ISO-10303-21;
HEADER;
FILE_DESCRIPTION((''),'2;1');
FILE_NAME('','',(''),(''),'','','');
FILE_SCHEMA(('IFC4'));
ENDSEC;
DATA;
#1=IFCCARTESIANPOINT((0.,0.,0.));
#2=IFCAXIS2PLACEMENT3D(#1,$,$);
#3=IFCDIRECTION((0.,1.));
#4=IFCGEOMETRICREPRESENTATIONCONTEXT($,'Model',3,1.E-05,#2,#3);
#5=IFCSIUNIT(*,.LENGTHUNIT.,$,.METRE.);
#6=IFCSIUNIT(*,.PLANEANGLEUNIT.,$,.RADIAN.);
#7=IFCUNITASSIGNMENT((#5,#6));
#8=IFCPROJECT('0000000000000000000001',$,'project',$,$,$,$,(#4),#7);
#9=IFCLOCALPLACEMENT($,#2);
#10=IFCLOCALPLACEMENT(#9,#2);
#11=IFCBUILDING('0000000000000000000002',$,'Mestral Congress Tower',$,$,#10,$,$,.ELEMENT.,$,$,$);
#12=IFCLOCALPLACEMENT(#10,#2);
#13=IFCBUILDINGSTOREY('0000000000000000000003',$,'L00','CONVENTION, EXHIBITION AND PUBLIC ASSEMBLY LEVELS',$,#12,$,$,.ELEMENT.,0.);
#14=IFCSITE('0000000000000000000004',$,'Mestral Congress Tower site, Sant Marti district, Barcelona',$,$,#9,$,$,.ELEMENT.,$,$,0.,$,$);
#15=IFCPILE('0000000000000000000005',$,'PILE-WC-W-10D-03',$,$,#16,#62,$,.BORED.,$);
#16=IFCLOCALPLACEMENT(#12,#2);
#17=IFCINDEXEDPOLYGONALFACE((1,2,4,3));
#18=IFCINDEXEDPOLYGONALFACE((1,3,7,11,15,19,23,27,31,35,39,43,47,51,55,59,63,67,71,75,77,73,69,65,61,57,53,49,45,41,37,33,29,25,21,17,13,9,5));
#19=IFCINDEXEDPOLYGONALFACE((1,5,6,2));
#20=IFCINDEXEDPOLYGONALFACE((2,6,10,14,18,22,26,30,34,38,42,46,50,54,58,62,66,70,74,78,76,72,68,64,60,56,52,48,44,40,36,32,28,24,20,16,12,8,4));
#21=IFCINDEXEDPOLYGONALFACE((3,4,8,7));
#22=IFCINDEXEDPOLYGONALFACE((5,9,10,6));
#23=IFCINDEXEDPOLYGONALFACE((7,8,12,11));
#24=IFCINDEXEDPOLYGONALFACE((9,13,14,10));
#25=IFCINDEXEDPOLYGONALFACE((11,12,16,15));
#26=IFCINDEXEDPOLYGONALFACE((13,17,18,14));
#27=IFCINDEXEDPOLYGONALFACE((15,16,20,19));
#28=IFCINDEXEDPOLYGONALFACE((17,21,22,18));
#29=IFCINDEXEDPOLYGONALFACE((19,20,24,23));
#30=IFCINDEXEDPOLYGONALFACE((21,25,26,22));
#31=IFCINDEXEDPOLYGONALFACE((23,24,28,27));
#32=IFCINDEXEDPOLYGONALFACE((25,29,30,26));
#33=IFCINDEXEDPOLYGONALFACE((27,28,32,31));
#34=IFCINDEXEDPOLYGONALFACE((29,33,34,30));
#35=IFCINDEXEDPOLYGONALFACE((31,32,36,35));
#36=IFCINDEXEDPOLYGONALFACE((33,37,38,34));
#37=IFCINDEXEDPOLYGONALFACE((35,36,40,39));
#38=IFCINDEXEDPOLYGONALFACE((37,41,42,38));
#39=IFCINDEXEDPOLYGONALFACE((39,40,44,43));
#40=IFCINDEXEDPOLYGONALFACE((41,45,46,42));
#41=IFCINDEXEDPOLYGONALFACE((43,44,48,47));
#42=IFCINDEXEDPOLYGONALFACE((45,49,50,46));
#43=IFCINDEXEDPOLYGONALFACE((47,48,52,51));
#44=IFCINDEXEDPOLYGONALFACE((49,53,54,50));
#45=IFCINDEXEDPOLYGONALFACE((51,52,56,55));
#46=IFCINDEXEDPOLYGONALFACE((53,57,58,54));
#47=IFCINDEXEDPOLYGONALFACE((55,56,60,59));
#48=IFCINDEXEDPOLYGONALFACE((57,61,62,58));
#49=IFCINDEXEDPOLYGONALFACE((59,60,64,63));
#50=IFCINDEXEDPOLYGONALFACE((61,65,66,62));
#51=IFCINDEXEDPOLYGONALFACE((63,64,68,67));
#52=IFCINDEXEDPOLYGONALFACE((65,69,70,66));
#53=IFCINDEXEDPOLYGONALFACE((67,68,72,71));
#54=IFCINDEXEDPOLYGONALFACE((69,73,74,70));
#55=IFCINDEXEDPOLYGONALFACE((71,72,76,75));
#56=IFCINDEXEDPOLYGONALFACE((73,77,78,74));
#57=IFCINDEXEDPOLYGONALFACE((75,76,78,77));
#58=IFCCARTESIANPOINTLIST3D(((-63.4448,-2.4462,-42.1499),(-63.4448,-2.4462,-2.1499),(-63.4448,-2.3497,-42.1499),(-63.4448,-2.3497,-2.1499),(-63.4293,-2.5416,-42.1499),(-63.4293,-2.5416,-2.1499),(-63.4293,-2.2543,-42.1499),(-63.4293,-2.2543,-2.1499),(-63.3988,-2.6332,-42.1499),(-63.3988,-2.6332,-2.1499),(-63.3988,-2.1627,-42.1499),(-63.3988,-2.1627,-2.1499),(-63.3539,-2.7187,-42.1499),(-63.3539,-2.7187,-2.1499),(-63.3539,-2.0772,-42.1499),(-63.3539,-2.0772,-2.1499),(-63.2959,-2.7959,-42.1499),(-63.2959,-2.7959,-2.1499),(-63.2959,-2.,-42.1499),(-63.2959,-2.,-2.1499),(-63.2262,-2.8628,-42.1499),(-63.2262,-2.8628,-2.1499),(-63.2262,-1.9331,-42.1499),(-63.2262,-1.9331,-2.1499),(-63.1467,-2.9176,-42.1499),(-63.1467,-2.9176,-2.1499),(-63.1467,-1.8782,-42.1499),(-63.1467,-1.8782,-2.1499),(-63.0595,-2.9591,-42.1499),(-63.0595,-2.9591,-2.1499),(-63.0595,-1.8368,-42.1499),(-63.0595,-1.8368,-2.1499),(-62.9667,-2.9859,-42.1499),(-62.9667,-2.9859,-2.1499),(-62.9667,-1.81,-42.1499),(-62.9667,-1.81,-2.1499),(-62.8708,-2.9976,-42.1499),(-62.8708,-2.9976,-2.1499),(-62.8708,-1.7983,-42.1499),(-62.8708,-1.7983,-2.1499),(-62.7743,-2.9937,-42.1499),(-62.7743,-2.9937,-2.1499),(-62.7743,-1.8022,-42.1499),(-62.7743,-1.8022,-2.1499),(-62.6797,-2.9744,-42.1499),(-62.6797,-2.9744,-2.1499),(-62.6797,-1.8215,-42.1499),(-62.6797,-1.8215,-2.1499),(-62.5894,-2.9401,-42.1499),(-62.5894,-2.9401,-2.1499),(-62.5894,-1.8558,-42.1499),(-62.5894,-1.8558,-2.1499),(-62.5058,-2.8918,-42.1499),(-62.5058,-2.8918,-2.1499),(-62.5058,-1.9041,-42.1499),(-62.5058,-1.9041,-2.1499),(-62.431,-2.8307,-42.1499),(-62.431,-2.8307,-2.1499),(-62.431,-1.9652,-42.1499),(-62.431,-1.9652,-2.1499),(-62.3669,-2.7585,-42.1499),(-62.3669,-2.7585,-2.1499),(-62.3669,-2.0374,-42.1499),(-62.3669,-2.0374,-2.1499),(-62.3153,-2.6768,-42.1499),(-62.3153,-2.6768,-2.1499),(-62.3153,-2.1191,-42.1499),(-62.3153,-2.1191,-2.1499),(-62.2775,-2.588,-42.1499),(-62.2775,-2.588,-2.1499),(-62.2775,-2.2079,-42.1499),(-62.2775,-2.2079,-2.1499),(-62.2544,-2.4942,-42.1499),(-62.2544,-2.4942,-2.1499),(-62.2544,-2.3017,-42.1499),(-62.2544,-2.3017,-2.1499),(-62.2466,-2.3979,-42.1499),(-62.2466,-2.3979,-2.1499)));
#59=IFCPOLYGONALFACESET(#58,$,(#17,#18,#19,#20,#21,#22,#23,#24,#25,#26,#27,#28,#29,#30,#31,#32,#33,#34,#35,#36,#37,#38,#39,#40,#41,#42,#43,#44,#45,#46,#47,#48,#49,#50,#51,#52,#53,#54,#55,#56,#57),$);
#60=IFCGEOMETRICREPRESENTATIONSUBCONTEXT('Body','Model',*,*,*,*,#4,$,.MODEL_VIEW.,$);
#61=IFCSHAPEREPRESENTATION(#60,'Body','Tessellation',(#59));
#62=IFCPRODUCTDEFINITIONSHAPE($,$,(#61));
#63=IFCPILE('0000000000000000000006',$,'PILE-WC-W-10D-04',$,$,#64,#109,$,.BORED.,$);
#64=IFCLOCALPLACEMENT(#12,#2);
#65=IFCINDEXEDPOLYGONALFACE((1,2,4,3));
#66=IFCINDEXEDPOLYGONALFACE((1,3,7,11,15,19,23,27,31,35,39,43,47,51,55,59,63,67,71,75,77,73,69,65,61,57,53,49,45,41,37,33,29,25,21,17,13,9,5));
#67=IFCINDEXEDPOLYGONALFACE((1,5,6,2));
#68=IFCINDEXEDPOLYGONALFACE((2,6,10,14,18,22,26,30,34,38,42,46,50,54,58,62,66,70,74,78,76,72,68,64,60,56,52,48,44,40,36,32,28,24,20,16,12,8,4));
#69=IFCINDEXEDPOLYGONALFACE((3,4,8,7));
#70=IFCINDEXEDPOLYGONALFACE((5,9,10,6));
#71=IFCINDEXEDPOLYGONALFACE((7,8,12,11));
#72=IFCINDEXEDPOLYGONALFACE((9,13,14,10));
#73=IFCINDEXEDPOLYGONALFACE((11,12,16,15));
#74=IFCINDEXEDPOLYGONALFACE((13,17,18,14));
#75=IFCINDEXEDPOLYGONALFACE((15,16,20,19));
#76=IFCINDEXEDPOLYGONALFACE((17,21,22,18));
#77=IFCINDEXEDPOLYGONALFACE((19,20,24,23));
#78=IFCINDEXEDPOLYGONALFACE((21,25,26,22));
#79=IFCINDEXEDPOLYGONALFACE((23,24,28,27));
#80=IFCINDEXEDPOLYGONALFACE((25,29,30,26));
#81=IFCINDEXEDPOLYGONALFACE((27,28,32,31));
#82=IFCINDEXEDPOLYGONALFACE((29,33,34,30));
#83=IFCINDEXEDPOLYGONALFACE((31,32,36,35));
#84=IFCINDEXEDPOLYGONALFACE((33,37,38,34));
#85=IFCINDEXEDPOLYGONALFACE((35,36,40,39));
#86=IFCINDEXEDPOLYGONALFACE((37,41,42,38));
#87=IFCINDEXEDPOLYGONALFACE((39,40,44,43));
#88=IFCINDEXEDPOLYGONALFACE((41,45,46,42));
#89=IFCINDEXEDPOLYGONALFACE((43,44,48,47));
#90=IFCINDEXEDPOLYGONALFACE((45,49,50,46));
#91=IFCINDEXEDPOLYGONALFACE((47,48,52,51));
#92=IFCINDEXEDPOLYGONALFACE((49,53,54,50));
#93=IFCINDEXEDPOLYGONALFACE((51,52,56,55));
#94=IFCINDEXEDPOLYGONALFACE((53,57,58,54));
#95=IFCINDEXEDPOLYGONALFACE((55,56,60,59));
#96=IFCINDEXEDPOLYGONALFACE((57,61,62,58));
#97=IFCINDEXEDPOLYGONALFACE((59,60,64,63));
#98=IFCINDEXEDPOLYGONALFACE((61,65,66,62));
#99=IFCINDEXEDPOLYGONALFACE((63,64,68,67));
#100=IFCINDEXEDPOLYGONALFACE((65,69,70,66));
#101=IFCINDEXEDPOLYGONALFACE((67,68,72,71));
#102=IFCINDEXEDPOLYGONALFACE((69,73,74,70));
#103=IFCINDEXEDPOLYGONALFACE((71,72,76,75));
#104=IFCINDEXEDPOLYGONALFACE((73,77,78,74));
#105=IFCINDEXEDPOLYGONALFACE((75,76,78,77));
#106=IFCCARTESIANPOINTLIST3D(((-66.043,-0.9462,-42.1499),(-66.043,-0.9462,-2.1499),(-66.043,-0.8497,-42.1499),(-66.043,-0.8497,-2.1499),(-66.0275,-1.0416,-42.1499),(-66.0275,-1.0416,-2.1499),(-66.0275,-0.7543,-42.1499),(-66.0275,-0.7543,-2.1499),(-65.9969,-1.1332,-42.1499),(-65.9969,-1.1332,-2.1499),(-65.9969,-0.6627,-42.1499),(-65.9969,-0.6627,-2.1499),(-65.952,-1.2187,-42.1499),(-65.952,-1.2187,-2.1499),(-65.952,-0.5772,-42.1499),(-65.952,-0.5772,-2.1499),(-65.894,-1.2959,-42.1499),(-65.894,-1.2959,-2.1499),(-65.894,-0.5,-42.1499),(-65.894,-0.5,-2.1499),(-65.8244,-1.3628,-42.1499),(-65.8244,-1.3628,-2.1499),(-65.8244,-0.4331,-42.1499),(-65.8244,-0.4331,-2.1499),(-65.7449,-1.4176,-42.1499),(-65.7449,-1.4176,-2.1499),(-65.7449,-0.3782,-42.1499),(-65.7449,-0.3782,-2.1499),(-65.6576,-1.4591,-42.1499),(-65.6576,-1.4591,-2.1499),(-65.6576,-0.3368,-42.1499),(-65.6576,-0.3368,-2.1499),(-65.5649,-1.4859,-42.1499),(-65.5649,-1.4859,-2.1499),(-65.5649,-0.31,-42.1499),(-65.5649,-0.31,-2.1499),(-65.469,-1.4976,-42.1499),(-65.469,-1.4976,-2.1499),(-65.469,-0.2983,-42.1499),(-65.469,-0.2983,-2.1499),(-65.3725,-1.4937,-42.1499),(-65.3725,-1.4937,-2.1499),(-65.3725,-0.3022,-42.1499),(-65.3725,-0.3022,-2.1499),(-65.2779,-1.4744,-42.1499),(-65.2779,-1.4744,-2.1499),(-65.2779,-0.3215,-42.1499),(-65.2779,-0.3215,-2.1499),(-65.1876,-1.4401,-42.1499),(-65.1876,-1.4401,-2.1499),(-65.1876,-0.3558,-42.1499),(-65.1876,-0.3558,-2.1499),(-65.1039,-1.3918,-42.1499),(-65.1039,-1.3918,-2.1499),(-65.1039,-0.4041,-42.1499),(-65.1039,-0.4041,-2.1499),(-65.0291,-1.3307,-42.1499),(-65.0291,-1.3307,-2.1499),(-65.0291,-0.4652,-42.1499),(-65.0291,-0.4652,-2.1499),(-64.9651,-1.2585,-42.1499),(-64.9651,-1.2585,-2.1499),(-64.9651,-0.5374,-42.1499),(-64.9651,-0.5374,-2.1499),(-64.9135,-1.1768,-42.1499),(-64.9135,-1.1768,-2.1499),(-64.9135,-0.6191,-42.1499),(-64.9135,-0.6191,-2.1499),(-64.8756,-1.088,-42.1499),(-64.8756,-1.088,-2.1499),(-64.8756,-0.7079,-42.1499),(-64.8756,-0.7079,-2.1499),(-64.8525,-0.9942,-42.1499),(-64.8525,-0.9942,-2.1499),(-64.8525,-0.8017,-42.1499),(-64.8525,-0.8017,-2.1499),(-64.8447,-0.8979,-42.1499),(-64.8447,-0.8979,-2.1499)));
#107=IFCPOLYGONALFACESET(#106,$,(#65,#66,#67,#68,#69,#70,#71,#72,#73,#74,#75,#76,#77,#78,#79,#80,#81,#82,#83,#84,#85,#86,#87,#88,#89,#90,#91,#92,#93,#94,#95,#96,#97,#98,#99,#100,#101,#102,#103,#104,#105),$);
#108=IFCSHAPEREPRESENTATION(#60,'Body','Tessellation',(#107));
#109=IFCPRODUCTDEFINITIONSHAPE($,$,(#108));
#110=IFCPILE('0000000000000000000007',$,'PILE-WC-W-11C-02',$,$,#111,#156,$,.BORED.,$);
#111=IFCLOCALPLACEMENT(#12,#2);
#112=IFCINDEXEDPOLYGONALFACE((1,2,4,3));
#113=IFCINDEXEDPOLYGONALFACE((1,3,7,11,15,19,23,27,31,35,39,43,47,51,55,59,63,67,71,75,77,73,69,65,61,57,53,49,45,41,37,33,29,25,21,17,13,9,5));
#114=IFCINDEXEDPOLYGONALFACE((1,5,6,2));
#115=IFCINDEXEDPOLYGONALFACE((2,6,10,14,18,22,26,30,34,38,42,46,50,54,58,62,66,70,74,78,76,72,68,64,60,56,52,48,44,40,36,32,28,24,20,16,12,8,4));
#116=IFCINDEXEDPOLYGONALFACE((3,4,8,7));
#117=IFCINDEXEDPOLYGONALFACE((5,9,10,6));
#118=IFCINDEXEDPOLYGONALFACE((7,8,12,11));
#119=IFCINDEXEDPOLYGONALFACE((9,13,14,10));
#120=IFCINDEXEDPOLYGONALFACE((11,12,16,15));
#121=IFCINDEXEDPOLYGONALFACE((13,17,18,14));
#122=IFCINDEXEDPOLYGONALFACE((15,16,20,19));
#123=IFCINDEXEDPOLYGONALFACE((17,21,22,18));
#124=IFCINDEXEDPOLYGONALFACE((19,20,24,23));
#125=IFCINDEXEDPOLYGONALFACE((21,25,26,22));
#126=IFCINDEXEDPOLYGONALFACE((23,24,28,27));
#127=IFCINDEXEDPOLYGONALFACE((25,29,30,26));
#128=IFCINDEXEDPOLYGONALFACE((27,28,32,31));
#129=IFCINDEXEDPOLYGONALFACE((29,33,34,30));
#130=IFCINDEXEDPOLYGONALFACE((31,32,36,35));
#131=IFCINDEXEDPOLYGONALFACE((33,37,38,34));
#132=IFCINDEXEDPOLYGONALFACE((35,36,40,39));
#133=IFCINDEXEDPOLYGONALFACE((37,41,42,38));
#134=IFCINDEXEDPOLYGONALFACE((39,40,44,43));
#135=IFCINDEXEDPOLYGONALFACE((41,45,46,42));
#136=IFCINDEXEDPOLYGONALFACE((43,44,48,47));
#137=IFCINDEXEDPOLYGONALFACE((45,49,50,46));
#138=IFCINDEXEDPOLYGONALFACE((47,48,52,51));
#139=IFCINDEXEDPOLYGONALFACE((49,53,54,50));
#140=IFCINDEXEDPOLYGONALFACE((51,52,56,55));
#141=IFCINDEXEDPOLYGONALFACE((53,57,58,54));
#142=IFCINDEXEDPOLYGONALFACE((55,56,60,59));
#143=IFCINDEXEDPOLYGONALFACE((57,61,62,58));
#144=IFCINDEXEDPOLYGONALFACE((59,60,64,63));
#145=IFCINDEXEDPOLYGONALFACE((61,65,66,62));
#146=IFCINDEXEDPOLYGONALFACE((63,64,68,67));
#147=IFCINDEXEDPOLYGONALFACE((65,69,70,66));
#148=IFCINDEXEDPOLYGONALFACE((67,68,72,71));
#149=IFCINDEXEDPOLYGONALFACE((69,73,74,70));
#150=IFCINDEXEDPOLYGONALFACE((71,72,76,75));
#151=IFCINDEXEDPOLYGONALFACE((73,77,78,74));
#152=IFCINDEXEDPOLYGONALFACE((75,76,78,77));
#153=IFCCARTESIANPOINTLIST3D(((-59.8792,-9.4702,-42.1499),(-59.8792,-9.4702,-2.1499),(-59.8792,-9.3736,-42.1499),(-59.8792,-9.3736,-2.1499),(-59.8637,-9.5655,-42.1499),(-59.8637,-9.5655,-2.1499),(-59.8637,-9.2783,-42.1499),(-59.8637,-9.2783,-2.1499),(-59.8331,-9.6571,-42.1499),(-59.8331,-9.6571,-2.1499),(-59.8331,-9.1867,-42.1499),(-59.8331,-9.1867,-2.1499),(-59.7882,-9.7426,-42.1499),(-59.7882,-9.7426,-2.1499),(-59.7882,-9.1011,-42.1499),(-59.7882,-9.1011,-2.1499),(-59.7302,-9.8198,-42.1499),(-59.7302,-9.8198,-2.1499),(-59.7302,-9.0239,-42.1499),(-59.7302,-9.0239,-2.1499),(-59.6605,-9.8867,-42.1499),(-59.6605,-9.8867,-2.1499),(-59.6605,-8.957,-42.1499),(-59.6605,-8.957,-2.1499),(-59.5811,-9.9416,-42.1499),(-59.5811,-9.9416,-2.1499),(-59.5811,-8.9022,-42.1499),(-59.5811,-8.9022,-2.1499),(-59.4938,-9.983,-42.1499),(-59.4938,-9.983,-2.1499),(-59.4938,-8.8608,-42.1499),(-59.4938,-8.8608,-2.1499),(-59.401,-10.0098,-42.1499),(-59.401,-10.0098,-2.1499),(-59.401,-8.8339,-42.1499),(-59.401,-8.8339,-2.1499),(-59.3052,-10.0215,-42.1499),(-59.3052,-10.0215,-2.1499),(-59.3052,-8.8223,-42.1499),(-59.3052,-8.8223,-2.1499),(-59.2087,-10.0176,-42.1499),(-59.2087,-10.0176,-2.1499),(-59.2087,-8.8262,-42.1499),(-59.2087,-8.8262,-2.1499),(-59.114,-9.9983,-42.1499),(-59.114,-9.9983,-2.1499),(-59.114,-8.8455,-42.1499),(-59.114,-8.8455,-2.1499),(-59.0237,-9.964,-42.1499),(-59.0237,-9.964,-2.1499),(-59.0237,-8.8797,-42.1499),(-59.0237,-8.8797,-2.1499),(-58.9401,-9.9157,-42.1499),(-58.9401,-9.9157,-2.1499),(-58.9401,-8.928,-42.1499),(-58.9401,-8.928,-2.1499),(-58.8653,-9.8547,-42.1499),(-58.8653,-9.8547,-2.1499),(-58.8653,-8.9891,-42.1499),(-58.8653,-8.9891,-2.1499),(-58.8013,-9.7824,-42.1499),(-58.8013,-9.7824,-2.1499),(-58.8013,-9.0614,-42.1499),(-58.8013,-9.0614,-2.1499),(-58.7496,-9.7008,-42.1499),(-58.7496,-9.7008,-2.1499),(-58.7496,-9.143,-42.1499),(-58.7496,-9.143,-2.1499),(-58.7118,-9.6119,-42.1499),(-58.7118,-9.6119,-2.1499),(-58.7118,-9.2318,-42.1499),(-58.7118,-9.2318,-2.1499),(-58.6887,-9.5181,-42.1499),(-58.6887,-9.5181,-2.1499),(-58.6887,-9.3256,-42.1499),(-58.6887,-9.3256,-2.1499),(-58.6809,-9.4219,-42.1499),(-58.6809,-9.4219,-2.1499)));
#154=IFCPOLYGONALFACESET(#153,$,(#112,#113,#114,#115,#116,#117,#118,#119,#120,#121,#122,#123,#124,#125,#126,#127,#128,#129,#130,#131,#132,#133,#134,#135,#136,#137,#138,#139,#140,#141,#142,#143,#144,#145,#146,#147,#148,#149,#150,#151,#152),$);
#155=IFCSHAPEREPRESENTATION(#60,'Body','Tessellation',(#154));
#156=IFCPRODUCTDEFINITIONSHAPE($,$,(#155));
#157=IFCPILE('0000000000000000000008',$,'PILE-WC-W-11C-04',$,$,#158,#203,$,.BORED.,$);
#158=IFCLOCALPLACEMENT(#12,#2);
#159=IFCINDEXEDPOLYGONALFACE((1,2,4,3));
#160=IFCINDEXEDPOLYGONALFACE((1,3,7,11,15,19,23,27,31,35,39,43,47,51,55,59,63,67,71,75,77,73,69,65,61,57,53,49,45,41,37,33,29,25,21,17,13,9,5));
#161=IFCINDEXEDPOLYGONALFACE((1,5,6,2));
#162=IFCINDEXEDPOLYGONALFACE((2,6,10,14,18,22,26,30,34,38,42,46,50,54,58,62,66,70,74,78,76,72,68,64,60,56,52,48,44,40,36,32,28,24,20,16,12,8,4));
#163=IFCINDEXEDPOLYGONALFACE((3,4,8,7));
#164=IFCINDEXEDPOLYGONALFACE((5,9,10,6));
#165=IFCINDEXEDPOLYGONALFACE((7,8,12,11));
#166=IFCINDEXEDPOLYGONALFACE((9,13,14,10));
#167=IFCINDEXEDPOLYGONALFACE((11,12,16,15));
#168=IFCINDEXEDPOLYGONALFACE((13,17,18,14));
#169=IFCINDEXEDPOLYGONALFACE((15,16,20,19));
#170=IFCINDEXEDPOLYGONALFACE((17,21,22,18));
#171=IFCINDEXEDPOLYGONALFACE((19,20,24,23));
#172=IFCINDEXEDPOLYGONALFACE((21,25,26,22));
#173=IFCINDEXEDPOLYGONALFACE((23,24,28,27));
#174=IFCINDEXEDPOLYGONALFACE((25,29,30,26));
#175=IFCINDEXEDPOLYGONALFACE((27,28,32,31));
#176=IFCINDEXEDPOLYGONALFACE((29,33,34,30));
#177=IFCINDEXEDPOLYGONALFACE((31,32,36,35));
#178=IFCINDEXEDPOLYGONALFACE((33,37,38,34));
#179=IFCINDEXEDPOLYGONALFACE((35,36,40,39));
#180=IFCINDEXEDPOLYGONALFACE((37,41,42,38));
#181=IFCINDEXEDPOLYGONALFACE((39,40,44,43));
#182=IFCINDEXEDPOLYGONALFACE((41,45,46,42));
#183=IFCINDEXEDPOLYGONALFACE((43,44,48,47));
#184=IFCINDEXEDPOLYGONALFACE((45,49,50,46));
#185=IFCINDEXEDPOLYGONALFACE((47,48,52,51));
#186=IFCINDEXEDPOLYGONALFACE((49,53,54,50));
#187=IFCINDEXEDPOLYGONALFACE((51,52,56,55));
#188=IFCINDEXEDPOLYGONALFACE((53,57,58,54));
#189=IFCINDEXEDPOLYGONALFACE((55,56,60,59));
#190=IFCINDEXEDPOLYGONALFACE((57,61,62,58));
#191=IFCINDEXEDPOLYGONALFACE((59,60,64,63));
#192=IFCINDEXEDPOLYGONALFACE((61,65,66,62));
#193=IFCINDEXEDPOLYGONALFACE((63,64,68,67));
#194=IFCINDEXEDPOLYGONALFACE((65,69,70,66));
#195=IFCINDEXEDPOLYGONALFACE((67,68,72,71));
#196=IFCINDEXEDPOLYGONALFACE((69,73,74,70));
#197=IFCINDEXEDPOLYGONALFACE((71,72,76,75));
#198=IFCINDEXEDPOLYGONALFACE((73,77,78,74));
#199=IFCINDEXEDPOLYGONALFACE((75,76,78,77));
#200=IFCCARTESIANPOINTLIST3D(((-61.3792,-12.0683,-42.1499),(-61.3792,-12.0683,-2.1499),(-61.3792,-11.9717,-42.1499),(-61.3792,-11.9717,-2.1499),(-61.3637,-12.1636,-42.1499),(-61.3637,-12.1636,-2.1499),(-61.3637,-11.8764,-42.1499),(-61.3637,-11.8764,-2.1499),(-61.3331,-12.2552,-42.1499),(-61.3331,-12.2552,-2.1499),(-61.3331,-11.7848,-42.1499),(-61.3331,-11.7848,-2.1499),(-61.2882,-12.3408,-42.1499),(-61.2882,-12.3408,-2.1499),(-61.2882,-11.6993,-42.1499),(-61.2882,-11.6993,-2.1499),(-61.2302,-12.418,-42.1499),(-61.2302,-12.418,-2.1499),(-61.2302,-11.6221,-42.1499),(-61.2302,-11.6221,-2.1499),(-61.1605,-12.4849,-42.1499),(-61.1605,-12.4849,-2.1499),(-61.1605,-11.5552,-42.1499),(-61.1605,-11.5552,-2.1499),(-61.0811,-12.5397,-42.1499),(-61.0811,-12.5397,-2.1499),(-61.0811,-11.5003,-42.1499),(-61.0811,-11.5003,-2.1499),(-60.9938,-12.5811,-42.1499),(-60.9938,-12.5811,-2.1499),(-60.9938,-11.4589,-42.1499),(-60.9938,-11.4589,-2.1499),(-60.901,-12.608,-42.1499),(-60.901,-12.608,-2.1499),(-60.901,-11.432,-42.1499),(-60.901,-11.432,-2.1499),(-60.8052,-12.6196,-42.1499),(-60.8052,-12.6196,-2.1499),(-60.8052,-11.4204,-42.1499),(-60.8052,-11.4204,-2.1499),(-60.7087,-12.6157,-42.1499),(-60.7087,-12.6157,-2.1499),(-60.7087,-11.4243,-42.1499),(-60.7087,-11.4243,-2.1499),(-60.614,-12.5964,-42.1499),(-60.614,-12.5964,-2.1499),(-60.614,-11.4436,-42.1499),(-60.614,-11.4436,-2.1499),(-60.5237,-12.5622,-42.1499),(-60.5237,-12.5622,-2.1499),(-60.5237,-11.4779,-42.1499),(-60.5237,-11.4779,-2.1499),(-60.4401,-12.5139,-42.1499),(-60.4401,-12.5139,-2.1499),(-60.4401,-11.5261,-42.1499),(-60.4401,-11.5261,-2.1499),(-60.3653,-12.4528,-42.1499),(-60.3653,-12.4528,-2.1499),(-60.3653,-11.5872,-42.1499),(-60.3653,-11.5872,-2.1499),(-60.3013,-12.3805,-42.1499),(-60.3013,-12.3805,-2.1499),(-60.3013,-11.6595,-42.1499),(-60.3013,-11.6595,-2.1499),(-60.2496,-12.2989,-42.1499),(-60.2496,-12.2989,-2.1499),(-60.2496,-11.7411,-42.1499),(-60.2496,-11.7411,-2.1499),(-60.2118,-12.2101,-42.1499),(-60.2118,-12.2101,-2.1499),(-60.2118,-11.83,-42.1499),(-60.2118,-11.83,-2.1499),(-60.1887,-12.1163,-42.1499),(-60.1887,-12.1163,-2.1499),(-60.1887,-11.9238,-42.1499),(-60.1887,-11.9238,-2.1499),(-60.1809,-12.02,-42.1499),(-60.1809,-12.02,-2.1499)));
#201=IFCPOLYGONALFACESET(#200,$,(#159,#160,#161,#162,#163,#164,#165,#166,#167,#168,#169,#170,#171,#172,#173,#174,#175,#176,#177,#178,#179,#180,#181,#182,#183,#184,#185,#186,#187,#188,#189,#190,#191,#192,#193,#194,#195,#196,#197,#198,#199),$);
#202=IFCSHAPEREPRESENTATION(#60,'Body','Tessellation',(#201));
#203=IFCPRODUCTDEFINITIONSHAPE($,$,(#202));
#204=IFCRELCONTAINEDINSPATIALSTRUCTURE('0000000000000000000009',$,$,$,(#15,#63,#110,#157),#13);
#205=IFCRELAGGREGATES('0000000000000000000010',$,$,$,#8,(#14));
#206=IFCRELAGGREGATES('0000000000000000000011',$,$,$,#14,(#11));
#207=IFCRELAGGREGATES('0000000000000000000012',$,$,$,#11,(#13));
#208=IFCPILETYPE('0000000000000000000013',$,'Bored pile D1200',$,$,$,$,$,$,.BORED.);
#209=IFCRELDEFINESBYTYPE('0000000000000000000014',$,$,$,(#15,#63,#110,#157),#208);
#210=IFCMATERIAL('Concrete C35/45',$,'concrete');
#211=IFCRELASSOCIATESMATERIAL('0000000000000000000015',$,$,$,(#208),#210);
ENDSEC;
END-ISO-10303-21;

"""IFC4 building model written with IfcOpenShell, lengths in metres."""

from ifc_helpers import new_model, si_unit, direction, frame, origin, origin_2d, place, context, subcontext, project, spatial, circle, extrude, material, material_profile, profile_set, type_object, element, save


model = new_model("IFC4")

# Units and contexts
model_context = context("Model", 3, precision=1e-05, world=origin(), true_north=direction((0.0, 1.0)))
body_context = subcontext(model_context, "Body", "Model", "MODEL_VIEW")
ifc_project = project(units=[si_unit("LENGTHUNIT", "METRE"), si_unit("PLANEANGLEUNIT", "RADIAN")], contexts=[model_context])

# Site, building, storey
site_placement = place(None, origin())
site = spatial("IfcSite", under=ifc_project, at=site_placement, Name="Mestral Congress Tower site, Sant Marti district, Barcelona", CompositionType="ELEMENT", RefElevation=0.0)
building_placement = place(site_placement, origin())
building = spatial("IfcBuilding", under=site, at=building_placement, Name="Mestral Congress Tower", CompositionType="ELEMENT")
storey_placement = place(building_placement, origin())
storey = spatial("IfcBuildingStorey", under=building, at=storey_placement, Name="L00", Description="CONVENTION, EXHIBITION AND PUBLIC ASSEMBLY LEVELS", CompositionType="ELEMENT", Elevation=0.0)

# Piles
ifc_material_1 = material(Name="Concrete C35/45", Category="concrete")
ifc_material_profile_1 = material_profile(ifc_material_1, circle(Radius=0.6001, at=origin_2d()), Name="D1200")
ifc_profile_set_1 = profile_set([ifc_material_profile_1], Name="Concrete C35/45")
pile_type = type_object("IfcPileType", Name="Bored pile D1200", PredefinedType="BORED", material=ifc_profile_set_1)
for number, where, z_axis, x_axis, name in (
    (1, (-62.8467, -2.3979, -2.1499), (0.0, 0.0, -1.0), (1.0, 0.0, 0.0), "PILE-WC-W-10D-03"),
    (2, (-65.4448, -0.8979, -2.1499), (0.0, 0.0, -1.0), (1.0, 0.0, 0.0), "PILE-WC-W-10D-04"),
    (3, (-59.281, -9.4219, -2.1499), (0.0, 0.0, -1.0), (1.0, 0.0, 0.0), "PILE-WC-W-11C-02"),
    (4, (-60.781, -12.02, -2.1499), (0.0, 0.0, -1.0), (1.0, 0.0, 0.0), "PILE-WC-W-11C-04"),
):
    element("IfcPile", number, at=place(storey_placement, frame(where, z_axis=z_axis, x_axis=x_axis)), inside=storey, type_object=pile_type, Name=name, PredefinedType="BORED", context=body_context, shape_type="SweptSolid", body=[
        extrude(circle(Radius=0.6001, at=origin_2d()), origin(), (0.0, 0.0, 1.0), 40.0),
    ])

save(model, "model.ifc")
